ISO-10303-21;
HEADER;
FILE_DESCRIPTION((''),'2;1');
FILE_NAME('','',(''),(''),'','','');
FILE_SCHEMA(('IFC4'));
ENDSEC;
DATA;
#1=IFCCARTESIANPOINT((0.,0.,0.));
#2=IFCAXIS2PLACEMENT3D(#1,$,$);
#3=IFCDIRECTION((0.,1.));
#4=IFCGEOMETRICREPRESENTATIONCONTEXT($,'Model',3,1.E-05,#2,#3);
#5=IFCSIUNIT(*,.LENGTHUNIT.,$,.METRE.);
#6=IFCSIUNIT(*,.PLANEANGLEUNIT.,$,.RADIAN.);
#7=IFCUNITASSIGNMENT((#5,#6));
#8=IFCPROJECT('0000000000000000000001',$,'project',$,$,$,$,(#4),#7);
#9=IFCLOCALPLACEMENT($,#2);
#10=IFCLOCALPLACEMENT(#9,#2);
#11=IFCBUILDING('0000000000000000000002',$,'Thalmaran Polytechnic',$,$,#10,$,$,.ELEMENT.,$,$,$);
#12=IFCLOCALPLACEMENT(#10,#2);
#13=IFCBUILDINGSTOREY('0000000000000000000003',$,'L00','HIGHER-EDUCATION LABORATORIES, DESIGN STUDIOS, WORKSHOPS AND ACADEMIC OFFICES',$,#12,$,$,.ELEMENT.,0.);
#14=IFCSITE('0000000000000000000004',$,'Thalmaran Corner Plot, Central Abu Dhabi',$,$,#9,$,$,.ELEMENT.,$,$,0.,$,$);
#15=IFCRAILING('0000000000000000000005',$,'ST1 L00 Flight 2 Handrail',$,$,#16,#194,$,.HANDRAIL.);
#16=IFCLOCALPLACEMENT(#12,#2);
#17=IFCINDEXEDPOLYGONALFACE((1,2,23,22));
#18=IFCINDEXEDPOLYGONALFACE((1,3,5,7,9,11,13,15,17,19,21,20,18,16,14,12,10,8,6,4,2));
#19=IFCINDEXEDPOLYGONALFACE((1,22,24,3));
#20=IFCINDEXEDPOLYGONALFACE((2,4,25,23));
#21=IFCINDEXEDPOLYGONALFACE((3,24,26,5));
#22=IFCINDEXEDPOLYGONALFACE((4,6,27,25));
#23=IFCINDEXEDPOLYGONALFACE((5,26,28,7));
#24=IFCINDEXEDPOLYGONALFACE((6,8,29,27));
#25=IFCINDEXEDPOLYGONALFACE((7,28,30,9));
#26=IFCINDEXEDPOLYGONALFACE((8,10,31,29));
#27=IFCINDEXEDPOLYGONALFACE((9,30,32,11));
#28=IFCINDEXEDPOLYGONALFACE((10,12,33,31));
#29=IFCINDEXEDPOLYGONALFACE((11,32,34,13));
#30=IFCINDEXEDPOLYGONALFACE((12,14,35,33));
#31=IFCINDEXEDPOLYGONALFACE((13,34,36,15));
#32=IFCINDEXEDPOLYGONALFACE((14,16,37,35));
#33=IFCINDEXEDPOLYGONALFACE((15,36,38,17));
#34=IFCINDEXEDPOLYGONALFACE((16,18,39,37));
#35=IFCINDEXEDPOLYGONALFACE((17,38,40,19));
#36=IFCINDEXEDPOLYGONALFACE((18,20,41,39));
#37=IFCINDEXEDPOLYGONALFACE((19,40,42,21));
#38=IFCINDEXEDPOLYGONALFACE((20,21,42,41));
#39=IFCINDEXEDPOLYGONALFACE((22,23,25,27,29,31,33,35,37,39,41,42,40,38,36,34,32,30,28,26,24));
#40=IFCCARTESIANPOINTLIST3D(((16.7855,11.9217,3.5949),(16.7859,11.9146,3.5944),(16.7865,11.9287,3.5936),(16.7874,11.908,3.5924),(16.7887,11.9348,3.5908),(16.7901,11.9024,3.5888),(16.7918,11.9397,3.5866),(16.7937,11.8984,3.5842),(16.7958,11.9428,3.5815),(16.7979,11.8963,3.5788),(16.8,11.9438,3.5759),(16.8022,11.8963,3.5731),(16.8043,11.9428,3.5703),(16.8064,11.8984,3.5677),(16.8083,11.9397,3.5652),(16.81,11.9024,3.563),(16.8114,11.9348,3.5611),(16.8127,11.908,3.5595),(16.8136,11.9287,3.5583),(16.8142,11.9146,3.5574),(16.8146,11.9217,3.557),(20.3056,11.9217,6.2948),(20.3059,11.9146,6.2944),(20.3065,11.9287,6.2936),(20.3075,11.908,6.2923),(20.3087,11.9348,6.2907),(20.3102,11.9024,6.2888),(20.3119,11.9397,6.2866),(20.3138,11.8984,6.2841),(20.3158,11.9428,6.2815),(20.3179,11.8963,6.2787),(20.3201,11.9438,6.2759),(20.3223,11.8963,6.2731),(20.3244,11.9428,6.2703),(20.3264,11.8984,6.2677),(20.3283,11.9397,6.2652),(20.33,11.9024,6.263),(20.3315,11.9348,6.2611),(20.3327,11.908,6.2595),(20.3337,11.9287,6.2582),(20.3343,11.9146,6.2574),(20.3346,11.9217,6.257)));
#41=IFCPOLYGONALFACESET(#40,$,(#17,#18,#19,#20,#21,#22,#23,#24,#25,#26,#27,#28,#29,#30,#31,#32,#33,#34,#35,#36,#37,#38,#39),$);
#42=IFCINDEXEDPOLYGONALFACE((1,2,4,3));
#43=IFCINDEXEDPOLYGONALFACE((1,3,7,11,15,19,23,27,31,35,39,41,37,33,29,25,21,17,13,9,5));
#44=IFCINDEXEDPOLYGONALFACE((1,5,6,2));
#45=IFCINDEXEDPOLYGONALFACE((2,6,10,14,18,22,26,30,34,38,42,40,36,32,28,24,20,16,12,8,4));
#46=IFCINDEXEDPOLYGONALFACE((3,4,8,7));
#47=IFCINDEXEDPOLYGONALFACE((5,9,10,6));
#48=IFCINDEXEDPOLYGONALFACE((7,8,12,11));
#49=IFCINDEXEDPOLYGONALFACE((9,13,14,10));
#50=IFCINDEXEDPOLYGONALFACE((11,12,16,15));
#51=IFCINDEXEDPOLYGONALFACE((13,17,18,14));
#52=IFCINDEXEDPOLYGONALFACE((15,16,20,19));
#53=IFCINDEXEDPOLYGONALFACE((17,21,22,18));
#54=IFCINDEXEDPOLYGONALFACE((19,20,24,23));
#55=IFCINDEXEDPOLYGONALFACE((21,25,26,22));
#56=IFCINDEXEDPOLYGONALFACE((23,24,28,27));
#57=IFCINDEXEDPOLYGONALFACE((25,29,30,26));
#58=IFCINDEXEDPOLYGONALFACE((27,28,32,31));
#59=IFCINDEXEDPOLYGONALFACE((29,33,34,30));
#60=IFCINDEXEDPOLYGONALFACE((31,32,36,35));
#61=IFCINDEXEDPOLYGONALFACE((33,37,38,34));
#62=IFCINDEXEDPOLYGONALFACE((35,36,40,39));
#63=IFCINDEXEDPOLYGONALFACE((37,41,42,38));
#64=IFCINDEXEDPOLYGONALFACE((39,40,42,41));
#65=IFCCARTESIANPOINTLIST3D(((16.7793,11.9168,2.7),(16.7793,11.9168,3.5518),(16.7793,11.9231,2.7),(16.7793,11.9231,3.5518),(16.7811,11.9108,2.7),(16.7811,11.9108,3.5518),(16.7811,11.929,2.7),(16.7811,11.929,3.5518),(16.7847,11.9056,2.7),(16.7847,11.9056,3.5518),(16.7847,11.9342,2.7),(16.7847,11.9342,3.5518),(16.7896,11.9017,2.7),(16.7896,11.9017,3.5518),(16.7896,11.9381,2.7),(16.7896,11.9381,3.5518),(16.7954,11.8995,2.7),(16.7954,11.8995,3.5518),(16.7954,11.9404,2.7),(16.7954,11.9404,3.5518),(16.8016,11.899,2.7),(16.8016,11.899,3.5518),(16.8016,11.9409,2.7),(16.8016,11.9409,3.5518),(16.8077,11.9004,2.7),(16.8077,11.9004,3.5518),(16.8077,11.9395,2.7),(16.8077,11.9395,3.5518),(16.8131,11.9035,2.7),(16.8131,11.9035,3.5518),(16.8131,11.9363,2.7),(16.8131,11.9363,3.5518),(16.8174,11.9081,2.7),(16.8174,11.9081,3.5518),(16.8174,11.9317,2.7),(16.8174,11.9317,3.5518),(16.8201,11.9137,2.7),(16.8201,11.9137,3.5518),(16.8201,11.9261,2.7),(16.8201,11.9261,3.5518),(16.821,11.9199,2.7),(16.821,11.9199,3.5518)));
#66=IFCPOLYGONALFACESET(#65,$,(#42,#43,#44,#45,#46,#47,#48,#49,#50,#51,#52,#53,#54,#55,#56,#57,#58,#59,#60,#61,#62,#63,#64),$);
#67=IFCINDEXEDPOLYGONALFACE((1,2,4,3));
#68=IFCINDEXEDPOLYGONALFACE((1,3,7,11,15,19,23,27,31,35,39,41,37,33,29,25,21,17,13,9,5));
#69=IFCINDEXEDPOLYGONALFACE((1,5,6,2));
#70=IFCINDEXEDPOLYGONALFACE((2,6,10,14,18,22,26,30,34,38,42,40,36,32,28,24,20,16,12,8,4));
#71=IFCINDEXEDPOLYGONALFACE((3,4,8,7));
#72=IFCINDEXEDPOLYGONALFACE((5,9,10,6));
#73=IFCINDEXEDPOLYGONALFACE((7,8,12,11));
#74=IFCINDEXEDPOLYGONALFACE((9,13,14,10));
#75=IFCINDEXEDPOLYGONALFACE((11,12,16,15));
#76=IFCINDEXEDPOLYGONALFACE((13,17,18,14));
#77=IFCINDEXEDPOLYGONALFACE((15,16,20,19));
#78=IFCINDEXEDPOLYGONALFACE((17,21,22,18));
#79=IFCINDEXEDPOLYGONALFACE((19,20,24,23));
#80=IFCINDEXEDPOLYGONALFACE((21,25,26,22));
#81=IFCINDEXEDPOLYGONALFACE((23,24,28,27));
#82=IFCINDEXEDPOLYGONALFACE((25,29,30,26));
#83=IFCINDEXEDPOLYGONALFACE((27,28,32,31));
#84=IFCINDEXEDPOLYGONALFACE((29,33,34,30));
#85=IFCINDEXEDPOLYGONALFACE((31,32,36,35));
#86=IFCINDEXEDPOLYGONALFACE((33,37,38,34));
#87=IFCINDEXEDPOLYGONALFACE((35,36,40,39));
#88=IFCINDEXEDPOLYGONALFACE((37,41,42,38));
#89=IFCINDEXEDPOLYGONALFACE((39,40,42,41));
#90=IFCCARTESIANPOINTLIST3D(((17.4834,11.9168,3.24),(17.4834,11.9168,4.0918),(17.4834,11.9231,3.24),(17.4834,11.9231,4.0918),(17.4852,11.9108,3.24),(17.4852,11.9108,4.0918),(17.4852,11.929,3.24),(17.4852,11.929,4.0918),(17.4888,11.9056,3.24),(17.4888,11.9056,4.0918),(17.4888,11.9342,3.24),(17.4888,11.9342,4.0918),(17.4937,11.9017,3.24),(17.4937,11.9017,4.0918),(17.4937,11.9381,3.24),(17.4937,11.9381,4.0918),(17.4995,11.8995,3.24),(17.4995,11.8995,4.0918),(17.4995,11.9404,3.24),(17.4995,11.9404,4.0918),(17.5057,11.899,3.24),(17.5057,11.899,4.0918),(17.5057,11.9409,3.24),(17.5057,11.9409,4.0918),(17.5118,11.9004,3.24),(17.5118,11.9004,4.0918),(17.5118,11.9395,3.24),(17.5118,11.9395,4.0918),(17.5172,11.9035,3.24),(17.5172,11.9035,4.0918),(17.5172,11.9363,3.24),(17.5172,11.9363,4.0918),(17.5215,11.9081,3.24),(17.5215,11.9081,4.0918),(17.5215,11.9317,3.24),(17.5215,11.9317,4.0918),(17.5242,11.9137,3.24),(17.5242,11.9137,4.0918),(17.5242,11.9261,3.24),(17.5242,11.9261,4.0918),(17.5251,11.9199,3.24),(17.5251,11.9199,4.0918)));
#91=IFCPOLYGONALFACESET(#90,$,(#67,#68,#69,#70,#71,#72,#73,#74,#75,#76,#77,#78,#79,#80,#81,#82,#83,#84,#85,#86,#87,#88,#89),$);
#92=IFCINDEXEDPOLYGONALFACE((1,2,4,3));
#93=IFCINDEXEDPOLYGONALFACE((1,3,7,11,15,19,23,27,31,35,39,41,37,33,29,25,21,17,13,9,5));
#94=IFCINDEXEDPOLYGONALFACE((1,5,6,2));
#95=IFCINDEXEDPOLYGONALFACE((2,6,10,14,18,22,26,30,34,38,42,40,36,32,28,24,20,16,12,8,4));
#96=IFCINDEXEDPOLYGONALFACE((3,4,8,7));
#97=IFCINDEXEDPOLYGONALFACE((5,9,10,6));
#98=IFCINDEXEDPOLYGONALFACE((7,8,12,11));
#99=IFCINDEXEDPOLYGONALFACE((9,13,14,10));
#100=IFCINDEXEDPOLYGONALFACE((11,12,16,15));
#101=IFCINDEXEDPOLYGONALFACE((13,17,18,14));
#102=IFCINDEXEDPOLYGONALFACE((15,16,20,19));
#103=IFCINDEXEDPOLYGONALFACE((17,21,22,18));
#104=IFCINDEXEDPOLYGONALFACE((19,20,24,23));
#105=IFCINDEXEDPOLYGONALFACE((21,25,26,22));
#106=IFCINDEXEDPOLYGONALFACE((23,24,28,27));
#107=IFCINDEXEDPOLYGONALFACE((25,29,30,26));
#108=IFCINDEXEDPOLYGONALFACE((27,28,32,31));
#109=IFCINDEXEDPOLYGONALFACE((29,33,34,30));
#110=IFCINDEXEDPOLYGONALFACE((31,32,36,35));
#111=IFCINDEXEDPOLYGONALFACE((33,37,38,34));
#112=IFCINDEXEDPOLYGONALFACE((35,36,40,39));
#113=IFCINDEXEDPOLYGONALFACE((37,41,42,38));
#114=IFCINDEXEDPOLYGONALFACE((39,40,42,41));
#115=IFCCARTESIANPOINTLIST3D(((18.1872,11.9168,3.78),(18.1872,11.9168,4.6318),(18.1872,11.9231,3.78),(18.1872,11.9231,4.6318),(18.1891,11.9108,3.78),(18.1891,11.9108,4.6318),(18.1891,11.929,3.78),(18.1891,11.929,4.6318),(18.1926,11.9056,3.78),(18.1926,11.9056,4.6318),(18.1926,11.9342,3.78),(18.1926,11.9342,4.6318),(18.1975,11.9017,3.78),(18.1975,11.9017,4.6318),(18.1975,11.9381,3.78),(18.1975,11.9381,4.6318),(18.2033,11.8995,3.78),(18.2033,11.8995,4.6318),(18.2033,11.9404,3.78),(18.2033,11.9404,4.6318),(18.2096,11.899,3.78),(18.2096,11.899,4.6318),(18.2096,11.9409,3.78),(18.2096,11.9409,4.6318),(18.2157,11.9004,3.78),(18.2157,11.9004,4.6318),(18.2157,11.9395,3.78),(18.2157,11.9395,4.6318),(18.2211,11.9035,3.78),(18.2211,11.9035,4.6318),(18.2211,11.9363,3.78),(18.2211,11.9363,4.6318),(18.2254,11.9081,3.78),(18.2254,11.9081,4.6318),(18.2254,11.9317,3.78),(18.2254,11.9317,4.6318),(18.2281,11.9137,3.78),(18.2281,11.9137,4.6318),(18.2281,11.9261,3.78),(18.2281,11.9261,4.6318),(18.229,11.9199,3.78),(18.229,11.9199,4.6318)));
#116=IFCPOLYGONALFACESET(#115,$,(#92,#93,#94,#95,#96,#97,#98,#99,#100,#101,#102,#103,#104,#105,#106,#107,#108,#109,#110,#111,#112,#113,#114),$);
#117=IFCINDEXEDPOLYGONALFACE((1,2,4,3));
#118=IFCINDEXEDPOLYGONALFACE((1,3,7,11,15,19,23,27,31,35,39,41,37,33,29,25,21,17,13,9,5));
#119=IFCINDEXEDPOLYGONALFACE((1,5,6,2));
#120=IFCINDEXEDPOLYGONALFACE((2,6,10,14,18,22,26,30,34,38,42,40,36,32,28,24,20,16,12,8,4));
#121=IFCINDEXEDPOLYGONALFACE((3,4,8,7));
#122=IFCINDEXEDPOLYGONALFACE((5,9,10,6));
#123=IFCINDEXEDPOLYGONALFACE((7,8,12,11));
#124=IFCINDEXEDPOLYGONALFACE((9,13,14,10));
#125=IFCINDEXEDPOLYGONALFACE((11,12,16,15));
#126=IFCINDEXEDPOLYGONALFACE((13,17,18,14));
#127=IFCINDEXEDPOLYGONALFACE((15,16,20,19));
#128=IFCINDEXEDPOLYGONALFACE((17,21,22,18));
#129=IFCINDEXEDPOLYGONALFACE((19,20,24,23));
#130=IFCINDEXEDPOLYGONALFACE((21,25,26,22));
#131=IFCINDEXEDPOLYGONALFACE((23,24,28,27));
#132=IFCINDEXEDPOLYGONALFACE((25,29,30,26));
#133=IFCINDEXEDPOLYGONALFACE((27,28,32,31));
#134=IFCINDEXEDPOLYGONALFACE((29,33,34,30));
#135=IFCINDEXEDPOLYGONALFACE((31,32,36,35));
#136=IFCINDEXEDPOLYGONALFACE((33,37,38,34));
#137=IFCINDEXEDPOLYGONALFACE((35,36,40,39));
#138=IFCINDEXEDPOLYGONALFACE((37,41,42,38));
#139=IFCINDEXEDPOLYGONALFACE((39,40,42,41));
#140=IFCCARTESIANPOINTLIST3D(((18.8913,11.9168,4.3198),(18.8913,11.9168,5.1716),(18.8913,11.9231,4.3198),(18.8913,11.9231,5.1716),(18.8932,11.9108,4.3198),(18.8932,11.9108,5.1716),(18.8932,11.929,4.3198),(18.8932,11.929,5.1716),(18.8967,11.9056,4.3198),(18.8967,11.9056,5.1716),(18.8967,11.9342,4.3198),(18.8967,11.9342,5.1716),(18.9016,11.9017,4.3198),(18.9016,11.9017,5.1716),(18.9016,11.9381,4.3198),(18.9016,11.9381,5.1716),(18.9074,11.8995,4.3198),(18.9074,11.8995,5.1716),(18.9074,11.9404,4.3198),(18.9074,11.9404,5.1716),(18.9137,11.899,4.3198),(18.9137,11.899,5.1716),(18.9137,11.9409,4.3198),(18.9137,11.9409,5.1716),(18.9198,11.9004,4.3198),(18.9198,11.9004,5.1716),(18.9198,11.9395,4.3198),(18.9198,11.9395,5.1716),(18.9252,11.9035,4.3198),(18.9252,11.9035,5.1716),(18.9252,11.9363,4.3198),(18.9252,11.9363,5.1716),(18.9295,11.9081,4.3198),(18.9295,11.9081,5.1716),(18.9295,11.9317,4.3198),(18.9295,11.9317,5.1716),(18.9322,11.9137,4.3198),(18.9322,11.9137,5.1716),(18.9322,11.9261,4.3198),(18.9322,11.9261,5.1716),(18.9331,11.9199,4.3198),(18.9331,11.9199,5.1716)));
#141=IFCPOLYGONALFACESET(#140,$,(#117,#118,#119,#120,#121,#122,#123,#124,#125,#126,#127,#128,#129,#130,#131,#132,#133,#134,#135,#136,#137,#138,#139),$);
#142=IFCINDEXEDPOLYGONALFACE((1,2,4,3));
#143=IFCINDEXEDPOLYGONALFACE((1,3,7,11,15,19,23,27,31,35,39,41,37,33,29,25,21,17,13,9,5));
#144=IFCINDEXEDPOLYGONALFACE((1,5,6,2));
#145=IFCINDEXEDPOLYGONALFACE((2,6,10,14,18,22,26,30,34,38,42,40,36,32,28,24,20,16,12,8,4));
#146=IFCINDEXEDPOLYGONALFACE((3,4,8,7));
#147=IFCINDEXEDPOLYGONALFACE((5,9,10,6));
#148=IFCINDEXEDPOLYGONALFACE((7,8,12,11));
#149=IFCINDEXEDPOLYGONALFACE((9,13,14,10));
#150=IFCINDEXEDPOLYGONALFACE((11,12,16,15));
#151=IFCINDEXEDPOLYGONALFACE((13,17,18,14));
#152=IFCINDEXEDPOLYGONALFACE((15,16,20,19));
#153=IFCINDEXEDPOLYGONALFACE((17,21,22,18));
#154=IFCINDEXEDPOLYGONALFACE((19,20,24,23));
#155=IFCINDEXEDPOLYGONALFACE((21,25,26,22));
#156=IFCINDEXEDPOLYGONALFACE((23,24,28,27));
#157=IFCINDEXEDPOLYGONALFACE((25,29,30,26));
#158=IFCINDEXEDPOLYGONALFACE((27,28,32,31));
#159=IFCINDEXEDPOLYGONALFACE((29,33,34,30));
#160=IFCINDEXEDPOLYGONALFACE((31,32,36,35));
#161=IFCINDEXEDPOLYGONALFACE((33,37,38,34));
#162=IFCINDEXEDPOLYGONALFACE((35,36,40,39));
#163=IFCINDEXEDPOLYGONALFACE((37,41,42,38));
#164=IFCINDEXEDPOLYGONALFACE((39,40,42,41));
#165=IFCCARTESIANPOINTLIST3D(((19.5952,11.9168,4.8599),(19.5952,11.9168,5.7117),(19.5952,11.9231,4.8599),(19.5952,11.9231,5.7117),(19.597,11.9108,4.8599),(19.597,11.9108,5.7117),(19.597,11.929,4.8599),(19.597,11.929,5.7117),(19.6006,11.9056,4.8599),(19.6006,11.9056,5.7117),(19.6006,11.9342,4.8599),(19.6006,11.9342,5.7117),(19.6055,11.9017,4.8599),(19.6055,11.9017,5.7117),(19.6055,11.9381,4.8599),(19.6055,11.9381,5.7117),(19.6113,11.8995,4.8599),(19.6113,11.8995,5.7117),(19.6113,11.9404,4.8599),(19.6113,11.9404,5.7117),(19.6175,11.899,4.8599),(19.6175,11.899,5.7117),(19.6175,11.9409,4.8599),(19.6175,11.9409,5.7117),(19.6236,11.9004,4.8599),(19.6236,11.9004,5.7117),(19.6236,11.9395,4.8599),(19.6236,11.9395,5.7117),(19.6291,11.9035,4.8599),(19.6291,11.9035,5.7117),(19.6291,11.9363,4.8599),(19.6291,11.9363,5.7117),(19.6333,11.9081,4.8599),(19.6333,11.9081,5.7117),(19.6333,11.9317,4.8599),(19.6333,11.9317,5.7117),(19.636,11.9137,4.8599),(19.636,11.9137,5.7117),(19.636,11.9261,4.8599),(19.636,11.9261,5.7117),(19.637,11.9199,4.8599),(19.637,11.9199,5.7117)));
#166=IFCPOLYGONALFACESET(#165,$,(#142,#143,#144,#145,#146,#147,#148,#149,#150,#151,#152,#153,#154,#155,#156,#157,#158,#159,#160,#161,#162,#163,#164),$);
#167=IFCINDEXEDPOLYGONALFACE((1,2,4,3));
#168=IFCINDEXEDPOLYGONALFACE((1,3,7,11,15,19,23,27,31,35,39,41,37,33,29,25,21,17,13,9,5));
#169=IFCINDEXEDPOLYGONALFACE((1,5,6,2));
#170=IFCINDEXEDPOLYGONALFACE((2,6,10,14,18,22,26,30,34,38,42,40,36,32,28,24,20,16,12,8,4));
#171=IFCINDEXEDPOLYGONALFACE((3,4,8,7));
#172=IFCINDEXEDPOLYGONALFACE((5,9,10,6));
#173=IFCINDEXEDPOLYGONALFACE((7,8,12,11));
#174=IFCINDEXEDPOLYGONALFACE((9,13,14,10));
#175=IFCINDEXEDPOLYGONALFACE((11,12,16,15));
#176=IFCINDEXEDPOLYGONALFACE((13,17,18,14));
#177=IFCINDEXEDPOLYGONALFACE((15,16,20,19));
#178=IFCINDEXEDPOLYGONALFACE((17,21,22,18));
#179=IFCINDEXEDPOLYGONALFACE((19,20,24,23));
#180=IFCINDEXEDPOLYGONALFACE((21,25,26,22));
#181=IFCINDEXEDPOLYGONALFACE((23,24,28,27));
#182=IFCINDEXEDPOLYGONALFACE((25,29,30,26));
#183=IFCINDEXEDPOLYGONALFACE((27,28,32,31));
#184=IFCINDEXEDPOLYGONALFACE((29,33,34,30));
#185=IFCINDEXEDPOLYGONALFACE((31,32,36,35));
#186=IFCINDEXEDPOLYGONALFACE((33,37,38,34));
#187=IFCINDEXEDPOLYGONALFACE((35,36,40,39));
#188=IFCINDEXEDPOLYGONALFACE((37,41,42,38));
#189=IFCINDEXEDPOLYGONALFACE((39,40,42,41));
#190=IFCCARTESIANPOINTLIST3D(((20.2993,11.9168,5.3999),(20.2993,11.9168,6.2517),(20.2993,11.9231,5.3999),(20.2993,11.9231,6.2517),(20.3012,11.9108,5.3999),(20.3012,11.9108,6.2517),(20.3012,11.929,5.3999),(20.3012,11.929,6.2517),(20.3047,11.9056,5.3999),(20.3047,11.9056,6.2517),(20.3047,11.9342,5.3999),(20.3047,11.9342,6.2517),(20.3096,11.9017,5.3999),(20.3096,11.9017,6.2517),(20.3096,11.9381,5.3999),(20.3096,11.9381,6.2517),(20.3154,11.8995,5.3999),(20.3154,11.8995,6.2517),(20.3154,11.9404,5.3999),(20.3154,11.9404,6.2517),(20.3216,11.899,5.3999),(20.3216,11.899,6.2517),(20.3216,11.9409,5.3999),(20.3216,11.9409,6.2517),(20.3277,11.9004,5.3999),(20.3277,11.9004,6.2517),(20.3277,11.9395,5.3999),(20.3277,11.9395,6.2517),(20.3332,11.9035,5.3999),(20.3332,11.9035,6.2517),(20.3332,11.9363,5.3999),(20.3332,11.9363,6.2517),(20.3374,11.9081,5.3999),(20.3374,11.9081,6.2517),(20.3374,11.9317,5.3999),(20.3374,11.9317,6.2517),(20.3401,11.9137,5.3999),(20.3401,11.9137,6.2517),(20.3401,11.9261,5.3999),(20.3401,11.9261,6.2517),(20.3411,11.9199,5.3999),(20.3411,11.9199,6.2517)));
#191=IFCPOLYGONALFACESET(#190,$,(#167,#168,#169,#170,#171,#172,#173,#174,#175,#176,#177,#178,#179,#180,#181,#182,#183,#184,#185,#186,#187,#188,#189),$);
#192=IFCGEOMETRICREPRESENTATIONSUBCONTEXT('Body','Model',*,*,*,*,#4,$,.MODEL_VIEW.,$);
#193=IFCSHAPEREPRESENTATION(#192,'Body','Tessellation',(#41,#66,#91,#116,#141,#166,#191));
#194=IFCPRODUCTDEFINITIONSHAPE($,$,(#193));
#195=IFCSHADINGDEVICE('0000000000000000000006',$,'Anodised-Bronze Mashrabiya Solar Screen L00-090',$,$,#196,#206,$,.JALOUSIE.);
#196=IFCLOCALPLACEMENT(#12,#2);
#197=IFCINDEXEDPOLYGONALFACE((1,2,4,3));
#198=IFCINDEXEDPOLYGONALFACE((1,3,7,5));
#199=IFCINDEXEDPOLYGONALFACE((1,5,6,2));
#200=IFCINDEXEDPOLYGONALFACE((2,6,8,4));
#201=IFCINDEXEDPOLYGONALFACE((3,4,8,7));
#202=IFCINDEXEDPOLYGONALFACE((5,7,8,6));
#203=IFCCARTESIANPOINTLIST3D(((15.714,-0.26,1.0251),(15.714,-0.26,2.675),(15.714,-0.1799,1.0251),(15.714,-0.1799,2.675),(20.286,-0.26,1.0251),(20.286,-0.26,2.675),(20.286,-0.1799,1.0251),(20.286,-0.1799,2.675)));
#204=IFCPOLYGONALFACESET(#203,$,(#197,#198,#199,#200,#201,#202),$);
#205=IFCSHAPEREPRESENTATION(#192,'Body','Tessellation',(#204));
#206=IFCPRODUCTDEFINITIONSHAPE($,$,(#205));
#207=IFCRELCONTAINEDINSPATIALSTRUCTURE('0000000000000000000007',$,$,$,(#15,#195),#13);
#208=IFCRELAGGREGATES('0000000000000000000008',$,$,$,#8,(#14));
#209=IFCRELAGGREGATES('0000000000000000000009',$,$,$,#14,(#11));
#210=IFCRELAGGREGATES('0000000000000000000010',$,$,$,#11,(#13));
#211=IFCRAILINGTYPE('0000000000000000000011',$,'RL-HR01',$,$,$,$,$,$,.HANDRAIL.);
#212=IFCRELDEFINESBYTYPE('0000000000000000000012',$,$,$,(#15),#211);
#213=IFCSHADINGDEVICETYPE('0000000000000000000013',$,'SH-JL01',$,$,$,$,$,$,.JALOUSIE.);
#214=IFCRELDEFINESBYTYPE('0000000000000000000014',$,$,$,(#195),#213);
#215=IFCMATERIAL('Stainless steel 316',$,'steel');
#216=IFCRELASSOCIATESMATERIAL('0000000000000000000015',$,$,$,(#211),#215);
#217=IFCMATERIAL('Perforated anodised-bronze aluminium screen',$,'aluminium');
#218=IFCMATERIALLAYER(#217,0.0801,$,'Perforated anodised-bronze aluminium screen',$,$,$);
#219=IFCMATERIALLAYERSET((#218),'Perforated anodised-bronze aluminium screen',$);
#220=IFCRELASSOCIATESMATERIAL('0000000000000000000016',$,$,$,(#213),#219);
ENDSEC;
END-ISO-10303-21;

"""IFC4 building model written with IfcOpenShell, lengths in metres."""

from ifc_helpers import new_model, si_unit, direction, frame, origin, origin_2d, place, context, subcontext, project, spatial, rectangle, circle, extrude, material, layer, layer_set, type_object, element, save


model = new_model("IFC4")

# Units and contexts
model_context = context("Model", 3, precision=1e-05, world=origin(), true_north=direction((0.0, 1.0)))
body_context = subcontext(model_context, "Body", "Model", "MODEL_VIEW")
ifc_project = project(units=[si_unit("LENGTHUNIT", "METRE"), si_unit("PLANEANGLEUNIT", "RADIAN")], contexts=[model_context])

# Site, building, storey
site_placement = place(None, origin())
site = spatial("IfcSite", under=ifc_project, at=site_placement, Name="Thalmaran Corner Plot, Central Abu Dhabi", CompositionType="ELEMENT", RefElevation=0.0)
building_placement = place(site_placement, origin())
building = spatial("IfcBuilding", under=site, at=building_placement, Name="Thalmaran Polytechnic", CompositionType="ELEMENT")
storey_placement = place(building_placement, origin())
storey = spatial("IfcBuildingStorey", under=building, at=storey_placement, Name="L00", Description="HIGHER-EDUCATION LABORATORIES, DESIGN STUDIOS, WORKSHOPS AND ACADEMIC OFFICES", CompositionType="ELEMENT", Elevation=0.0)

# Railing
ifc_material_1 = material(Name="Stainless steel 316", Category="steel")
railing_type_1 = type_object("IfcRailingType", Name="RL-HR01", PredefinedType="HANDRAIL", material=ifc_material_1)
railing_1_placement = place(storey_placement, frame((16.8, 11.9199, 2.7)))
element("IfcRailing", 1, at=railing_1_placement, inside=storey, type_object=railing_type_1, Name="ST1 L00 Flight 2 Handrail", PredefinedType="HANDRAIL", context=body_context, shape_type="SweptSolid", body=[
    extrude(circle(Radius=0.0239, at=origin_2d()), frame((0.0, 0.0, 0.876), z_axis=(0.793468, 0.0, 0.608612), x_axis=(0.0, 1.0, 0.0)), (0.0, 0.0, 1.0), 4.4363),
    extrude(circle(Radius=0.021, at=origin_2d()), origin(), (0.0, 0.0, 1.0), 0.8518),
    extrude(circle(Radius=0.021, at=origin_2d()), frame((0.7041, 0.0, 0.54)), (0.0, 0.0, 1.0), 0.8518),
    extrude(circle(Radius=0.021, at=origin_2d()), frame((1.408, 0.0, 1.0801)), (0.0, 0.0, 1.0), 0.8518),
    extrude(circle(Radius=0.021, at=origin_2d()), frame((2.1121, 0.0, 1.6199)), (0.0, 0.0, 1.0), 0.8518),
    extrude(circle(Radius=0.021, at=origin_2d()), frame((2.8159, 0.0, 2.1599)), (0.0, 0.0, 1.0), 0.8518),
    extrude(circle(Radius=0.021, at=origin_2d()), frame((3.52, 0.0, 2.7)), (0.0, 0.0, 1.0), 0.8518),
])

# Shading device
ifc_material_2 = material(Name="Perforated anodised-bronze aluminium screen", Category="aluminium")
ifc_layer_1 = layer(ifc_material_2, 0.0801, Name="Perforated anodised-bronze aluminium screen")
ifc_layer_set_1 = layer_set([ifc_layer_1], Name="Perforated anodised-bronze aluminium screen")
shading_device_type = type_object("IfcShadingDeviceType", Name="SH-JL01", PredefinedType="JALOUSIE", material=ifc_layer_set_1)
shading_device_1_placement = place(storey_placement, frame((18.0, -0.22, 1.0251), z_axis=(0.0, 0.0, 1.0), x_axis=(-1.0, 0.0, 0.0)))
element("IfcShadingDevice", 2, at=shading_device_1_placement, inside=storey, type_object=shading_device_type, Name="Anodised-Bronze Mashrabiya Solar Screen L00-090", PredefinedType="JALOUSIE", context=body_context, shape_type="SweptSolid", body=[
    extrude(rectangle(XDim=4.572, YDim=0.0801, at=origin_2d()), origin(), (0.0, 0.0, 1.0), 1.6499),
])

save(model, "model.ifc")
